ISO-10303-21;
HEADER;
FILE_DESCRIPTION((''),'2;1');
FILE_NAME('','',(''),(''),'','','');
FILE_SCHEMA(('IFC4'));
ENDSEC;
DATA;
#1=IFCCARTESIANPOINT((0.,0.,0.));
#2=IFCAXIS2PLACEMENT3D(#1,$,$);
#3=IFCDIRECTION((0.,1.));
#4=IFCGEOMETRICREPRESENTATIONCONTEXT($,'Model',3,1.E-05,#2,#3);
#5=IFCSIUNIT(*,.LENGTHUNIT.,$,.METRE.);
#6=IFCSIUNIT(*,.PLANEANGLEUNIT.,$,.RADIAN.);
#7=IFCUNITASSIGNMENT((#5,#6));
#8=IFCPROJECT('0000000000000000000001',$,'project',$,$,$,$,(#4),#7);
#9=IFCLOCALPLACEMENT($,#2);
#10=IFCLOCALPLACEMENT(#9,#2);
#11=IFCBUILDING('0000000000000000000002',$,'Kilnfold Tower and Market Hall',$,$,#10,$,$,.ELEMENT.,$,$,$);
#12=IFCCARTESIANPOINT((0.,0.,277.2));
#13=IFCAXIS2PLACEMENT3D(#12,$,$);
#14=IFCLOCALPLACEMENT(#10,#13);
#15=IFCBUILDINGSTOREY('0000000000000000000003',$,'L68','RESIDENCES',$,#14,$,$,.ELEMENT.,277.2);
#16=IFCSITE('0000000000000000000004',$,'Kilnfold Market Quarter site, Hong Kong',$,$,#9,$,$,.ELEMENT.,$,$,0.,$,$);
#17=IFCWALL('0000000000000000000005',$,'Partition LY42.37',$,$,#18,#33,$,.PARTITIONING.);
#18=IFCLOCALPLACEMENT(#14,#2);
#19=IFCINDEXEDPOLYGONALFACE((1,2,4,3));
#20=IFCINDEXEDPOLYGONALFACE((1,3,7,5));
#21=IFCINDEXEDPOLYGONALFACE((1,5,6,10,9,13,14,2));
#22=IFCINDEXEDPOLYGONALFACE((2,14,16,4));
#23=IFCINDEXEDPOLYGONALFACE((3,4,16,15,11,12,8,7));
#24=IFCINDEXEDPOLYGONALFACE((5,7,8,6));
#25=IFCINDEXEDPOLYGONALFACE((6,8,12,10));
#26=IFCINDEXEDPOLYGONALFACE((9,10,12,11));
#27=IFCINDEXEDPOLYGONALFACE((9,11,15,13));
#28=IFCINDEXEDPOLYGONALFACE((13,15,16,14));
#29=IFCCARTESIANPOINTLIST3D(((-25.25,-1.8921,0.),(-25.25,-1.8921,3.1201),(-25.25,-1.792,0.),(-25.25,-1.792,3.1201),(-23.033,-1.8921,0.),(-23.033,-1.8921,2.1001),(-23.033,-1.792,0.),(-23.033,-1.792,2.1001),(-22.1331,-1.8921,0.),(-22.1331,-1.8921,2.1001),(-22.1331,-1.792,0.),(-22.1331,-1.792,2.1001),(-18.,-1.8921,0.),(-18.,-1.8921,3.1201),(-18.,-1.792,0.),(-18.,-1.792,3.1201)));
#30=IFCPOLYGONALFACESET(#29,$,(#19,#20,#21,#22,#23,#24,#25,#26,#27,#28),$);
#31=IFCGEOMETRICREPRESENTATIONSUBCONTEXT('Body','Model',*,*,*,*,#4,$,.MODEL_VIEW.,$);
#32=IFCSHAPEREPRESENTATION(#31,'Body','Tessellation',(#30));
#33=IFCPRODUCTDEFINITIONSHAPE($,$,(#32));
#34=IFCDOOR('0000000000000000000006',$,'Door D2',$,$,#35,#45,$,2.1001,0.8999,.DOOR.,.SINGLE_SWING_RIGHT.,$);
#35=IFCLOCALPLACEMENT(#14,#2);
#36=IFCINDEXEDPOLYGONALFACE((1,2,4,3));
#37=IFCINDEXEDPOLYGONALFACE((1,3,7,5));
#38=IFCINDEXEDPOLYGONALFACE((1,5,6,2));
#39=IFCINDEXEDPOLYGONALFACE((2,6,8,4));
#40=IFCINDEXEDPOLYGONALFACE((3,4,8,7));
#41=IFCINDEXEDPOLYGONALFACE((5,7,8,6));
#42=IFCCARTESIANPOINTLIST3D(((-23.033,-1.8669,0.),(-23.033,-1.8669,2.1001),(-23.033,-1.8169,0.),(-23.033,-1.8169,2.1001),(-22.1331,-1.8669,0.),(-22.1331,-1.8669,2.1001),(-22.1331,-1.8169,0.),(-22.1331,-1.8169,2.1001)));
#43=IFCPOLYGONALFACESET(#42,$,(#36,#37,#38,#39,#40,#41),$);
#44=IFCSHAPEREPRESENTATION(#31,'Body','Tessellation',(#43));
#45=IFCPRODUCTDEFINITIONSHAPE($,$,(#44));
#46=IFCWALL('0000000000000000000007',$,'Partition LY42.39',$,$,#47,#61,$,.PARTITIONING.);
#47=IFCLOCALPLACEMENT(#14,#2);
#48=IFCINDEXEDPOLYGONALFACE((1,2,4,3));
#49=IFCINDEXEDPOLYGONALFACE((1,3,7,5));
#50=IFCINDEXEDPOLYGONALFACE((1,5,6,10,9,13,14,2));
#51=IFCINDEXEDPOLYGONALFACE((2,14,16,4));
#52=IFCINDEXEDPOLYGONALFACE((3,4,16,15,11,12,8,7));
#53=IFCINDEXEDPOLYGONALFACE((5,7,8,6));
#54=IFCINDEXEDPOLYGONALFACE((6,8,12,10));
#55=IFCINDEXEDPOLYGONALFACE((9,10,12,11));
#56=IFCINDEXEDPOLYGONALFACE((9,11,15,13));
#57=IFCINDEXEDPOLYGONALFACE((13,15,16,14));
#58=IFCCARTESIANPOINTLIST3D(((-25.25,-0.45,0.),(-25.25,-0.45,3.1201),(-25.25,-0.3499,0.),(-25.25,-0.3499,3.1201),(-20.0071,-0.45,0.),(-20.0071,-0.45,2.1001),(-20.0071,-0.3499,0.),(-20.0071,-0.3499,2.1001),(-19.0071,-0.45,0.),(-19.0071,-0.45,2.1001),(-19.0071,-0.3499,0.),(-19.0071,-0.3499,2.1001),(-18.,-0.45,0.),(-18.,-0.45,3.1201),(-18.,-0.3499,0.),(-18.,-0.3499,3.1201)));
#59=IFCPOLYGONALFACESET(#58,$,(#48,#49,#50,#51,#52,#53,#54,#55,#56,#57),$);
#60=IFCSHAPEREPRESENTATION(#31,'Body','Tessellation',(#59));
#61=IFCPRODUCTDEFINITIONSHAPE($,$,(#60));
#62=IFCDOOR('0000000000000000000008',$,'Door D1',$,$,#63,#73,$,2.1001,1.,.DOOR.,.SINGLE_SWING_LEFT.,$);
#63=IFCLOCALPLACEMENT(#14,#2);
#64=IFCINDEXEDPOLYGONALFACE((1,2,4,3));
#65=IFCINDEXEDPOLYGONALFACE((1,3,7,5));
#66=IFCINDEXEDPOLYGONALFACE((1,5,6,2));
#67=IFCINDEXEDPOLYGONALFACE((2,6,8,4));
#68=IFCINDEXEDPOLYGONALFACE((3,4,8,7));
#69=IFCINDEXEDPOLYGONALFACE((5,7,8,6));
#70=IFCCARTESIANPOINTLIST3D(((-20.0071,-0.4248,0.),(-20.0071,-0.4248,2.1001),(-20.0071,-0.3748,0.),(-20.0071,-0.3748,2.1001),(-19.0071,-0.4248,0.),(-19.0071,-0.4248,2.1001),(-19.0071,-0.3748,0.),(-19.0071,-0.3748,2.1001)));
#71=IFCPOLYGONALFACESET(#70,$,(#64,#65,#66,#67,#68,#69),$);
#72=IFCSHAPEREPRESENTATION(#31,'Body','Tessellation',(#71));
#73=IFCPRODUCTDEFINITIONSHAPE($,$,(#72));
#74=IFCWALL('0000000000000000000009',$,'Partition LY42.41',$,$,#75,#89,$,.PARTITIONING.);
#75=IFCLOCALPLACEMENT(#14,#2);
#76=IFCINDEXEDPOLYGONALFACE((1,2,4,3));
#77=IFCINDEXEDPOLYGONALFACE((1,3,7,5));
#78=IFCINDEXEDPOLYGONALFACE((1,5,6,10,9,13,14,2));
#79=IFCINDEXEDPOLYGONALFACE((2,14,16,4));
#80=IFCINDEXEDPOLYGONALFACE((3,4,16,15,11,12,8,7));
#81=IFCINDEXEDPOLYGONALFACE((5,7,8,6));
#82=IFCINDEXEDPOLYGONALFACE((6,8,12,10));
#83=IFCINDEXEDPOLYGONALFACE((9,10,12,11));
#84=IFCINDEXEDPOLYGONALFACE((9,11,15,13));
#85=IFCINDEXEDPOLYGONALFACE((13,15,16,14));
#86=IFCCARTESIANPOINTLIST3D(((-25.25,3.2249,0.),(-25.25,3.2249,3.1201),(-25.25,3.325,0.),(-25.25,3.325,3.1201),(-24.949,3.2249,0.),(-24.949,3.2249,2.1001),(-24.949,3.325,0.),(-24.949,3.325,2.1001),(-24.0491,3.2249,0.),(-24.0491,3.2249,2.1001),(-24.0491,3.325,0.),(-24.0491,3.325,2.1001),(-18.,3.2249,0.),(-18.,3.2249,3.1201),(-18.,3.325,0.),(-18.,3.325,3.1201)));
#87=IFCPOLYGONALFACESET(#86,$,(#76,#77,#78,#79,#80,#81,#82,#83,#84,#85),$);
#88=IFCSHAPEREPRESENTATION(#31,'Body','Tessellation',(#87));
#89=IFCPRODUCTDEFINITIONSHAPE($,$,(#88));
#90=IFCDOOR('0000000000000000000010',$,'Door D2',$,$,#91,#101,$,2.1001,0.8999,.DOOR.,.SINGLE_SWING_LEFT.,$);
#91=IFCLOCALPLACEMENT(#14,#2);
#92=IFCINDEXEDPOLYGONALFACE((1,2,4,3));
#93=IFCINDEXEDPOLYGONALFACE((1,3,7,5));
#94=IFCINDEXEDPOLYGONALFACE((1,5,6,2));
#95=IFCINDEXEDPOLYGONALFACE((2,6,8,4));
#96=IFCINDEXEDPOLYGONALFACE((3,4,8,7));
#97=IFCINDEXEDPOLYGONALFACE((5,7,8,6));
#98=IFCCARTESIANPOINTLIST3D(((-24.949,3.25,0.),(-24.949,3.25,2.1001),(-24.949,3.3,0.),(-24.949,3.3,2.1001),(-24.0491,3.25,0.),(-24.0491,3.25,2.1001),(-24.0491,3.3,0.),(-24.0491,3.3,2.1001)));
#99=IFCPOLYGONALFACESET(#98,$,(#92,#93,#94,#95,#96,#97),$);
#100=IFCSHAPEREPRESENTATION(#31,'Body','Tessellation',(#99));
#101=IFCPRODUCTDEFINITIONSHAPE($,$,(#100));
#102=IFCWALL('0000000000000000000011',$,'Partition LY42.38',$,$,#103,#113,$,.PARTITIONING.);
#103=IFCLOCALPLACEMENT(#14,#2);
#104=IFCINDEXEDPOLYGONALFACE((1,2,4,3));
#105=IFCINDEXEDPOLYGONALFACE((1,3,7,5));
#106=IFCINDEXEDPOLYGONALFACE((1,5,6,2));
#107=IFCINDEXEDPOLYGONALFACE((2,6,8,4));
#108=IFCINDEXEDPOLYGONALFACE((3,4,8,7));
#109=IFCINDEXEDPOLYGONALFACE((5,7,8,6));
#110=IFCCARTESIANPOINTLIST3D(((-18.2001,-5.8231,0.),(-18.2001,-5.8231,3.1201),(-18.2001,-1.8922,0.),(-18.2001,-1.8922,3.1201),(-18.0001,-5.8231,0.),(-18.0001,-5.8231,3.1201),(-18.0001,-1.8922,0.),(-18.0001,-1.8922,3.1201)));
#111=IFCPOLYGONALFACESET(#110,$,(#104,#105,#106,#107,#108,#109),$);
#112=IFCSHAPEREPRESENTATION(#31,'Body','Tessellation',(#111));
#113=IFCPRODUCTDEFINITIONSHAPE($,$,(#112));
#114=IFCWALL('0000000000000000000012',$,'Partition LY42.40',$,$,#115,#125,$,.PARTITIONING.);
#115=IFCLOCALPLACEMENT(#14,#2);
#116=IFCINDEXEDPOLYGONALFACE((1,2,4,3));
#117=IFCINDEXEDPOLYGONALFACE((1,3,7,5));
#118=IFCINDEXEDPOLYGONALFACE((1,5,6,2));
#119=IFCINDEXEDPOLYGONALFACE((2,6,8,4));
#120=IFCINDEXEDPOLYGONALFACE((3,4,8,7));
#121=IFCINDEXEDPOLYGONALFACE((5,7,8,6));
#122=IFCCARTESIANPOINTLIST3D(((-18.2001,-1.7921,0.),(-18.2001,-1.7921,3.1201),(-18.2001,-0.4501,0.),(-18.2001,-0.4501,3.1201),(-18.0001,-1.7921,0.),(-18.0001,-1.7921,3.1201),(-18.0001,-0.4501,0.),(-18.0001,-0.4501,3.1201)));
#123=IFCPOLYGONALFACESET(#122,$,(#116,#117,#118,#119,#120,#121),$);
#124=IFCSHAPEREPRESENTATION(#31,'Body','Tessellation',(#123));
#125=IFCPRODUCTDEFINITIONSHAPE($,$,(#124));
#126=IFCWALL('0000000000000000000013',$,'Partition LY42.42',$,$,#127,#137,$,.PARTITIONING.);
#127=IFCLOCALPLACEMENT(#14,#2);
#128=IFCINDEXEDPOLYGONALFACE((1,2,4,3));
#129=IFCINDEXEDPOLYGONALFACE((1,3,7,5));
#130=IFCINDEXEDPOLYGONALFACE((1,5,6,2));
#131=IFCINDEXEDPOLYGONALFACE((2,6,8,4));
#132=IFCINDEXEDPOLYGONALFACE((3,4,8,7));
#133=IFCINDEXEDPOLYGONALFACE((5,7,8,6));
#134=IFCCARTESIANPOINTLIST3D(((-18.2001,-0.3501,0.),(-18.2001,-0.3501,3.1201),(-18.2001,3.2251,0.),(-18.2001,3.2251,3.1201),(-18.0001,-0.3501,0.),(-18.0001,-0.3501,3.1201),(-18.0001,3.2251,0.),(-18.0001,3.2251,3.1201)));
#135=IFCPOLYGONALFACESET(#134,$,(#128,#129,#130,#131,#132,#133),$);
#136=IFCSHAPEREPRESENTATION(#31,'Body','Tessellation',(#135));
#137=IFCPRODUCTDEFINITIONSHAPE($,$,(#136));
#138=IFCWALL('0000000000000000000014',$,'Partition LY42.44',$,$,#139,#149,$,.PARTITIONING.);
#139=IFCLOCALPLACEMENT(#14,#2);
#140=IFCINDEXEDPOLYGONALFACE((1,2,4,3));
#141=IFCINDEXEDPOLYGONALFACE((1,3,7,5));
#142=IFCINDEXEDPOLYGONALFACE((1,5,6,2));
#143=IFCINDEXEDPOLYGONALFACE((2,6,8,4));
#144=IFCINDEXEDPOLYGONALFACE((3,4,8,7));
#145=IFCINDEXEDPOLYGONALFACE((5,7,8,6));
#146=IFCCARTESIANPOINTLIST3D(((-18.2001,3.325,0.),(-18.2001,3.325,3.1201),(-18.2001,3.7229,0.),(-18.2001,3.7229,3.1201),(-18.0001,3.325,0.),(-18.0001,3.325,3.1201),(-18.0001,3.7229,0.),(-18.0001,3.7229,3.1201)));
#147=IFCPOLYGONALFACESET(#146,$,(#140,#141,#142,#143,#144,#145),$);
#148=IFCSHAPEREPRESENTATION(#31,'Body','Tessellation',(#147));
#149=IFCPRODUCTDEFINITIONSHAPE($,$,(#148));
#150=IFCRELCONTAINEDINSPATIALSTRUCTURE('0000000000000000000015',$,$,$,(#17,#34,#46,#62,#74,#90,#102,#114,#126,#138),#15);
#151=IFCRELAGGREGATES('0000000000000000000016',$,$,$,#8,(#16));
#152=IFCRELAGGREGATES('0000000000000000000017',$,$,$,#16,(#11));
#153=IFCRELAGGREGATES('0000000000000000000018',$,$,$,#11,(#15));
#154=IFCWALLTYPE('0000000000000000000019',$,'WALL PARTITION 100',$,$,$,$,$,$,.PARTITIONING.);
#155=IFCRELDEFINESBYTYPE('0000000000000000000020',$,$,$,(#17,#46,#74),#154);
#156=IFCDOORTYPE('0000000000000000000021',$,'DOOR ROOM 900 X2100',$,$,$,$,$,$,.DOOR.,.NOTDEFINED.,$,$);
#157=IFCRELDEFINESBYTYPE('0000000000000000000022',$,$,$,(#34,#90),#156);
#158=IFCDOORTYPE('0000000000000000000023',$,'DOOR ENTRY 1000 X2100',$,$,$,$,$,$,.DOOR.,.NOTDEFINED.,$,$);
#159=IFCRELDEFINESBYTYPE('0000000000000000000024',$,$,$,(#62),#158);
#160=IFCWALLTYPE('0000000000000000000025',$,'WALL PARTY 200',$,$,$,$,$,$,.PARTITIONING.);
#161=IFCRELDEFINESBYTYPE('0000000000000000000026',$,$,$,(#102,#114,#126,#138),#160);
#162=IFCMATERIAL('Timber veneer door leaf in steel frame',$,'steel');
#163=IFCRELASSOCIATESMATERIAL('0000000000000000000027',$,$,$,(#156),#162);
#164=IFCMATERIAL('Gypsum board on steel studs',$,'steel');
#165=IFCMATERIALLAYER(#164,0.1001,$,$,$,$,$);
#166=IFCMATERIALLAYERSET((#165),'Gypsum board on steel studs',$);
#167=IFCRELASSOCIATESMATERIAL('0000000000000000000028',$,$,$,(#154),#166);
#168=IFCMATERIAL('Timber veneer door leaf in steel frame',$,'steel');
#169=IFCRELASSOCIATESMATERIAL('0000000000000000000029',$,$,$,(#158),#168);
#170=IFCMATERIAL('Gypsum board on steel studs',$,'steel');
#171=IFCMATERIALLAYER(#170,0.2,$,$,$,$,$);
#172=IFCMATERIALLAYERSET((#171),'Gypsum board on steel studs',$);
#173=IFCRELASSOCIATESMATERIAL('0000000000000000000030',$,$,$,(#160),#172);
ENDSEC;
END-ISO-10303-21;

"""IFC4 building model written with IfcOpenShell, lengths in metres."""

from ifc_helpers import new_model, si_unit, direction, frame, frame_2d, origin, place, context, subcontext, project, spatial, rectangle, extrude, material, layer, layer_set, type_object, element, fill, save


model = new_model("IFC4")

# Units and contexts
model_context = context("Model", 3, precision=1e-05, world=origin(), true_north=direction((0.0, 1.0)))
body_context = subcontext(model_context, "Body", "Model", "MODEL_VIEW")
ifc_project = project(units=[si_unit("LENGTHUNIT", "METRE"), si_unit("PLANEANGLEUNIT", "RADIAN")], contexts=[model_context])

# Site, building, storey
site_placement = place(None, origin())
site = spatial("IfcSite", under=ifc_project, at=site_placement, Name="Kilnfold Market Quarter site, Hong Kong", CompositionType="ELEMENT", RefElevation=0.0)
building_placement = place(site_placement, origin())
building = spatial("IfcBuilding", under=site, at=building_placement, Name="Kilnfold Tower and Market Hall", CompositionType="ELEMENT")
storey_placement = place(building_placement, frame((0.0, 0.0, 277.2)))
storey = spatial("IfcBuildingStorey", under=building, at=storey_placement, Name="L68", Description="RESIDENCES", CompositionType="ELEMENT", Elevation=277.2)

# Walls, openings, doors
ifc_material_1 = material(Name="Timber veneer door leaf in steel frame", Category="steel")
door_type_1 = type_object("IfcDoorType", Name="DOOR ROOM 900 X2100", OperationType="NOTDEFINED", PredefinedType="DOOR", material=ifc_material_1)
ifc_material_2 = material(Name="Gypsum board on steel studs", Category="steel")
ifc_layer_1 = layer(ifc_material_2, 0.1001)
ifc_layer_set_1 = layer_set([ifc_layer_1], Name="Gypsum board on steel studs")
wall_type_1 = type_object("IfcWallType", Name="WALL PARTITION 100", PredefinedType="PARTITIONING", material=ifc_layer_set_1)
wall_1_placement = place(storey_placement, frame((-18.0, -1.842, 0.0), z_axis=(0.0, 0.0, 1.0), x_axis=(-1.0, 0.0, 0.0)))
wall_1 = element("IfcWall", 1, at=wall_1_placement, inside=storey, type_object=wall_type_1, Name="Partition LY42.37", PredefinedType="PARTITIONING", context=body_context, shape_type="SweptSolid", body=[
    extrude(rectangle(XDim=7.25, YDim=0.1001, at=frame_2d((3.625, 0.0))), origin(), (0.0, 0.0, 1.0), 3.1201),
])
opening_1_placement = place(wall_1_placement, frame((4.1331, 0.0, 0.0)))
opening_1 = element("IfcOpeningElement", 2, at=opening_1_placement, cuts=wall_1, PredefinedType="OPENING", context=body_context, shape_type="SweptSolid", body=[
    extrude(rectangle(XDim=0.8999, YDim=2.1001, at=frame_2d((0.45, 1.05))), frame((0.0, 0.0601, 0.0), z_axis=(0.0, -1.0, 0.0), x_axis=(1.0, 0.0, 0.0)), (0.0, 0.0, 1.0), 0.1201),
])
door_1_placement = place(opening_1_placement, origin())
door_1 = element("IfcDoor", 3, at=door_1_placement, inside=storey, type_object=door_type_1, Name="Door D2", OperationType="SINGLE_SWING_RIGHT", OverallHeight=2.1001, OverallWidth=0.8999, PredefinedType="DOOR", context=body_context, shape_type="SweptSolid", body=[
    extrude(rectangle(XDim=0.8999, YDim=2.1001, at=frame_2d((0.45, 1.05))), frame((0.0, 0.0249, 0.0), z_axis=(0.0, -1.0, 0.0), x_axis=(1.0, 0.0, 0.0)), (0.0, 0.0, 1.0), 0.05),
])
fill(opening_1, door_1)
wall_2_placement = place(storey_placement, frame((-18.0, -0.3999, 0.0), z_axis=(0.0, 0.0, 1.0), x_axis=(-1.0, 0.0, 0.0)))
wall_2 = element("IfcWall", 4, at=wall_2_placement, inside=storey, type_object=wall_type_1, Name="Partition LY42.39", PredefinedType="PARTITIONING", context=body_context, shape_type="SweptSolid", body=[
    extrude(rectangle(XDim=7.25, YDim=0.1001, at=frame_2d((3.625, 0.0))), origin(), (0.0, 0.0, 1.0), 3.1201),
])
opening_2_placement = place(wall_2_placement, frame((1.0071, 0.0, 0.0)))
opening_2 = element("IfcOpeningElement", 5, at=opening_2_placement, cuts=wall_2, PredefinedType="OPENING", context=body_context, shape_type="SweptSolid", body=[
    extrude(rectangle(XDim=1.0, YDim=2.1001, at=frame_2d((0.5, 1.05))), frame((0.0, 0.0601, 0.0), z_axis=(0.0, -1.0, 0.0), x_axis=(1.0, 0.0, 0.0)), (0.0, 0.0, 1.0), 0.1201),
])
ifc_material_3 = material(Name="Timber veneer door leaf in steel frame", Category="steel")
door_type_2 = type_object("IfcDoorType", Name="DOOR ENTRY 1000 X2100", OperationType="NOTDEFINED", PredefinedType="DOOR", material=ifc_material_3)
door_2_placement = place(opening_2_placement, origin())
door_2 = element("IfcDoor", 6, at=door_2_placement, inside=storey, type_object=door_type_2, Name="Door D1", OperationType="SINGLE_SWING_LEFT", OverallHeight=2.1001, OverallWidth=1.0, PredefinedType="DOOR", context=body_context, shape_type="SweptSolid", body=[
    extrude(rectangle(XDim=1.0, YDim=2.1001, at=frame_2d((0.5, 1.05))), frame((0.0, 0.0249, 0.0), z_axis=(0.0, -1.0, 0.0), x_axis=(1.0, 0.0, 0.0)), (0.0, 0.0, 1.0), 0.05),
])
fill(opening_2, door_2)
wall_3_placement = place(storey_placement, frame((-18.0, 3.2749, 0.0), z_axis=(0.0, 0.0, 1.0), x_axis=(-1.0, 0.0, 0.0)))
wall_3 = element("IfcWall", 7, at=wall_3_placement, inside=storey, type_object=wall_type_1, Name="Partition LY42.41", PredefinedType="PARTITIONING", context=body_context, shape_type="SweptSolid", body=[
    extrude(rectangle(XDim=7.25, YDim=0.1001, at=frame_2d((3.625, 0.0))), origin(), (0.0, 0.0, 1.0), 3.1201),
])
opening_3_placement = place(wall_3_placement, frame((6.0491, 0.0, 0.0)))
opening_3 = element("IfcOpeningElement", 8, at=opening_3_placement, cuts=wall_3, PredefinedType="OPENING", context=body_context, shape_type="SweptSolid", body=[
    extrude(rectangle(XDim=0.8999, YDim=2.1001, at=frame_2d((0.45, 1.05))), frame((0.0, 0.0601, 0.0), z_axis=(0.0, -1.0, 0.0), x_axis=(1.0, 0.0, 0.0)), (0.0, 0.0, 1.0), 0.1201),
])
door_3_placement = place(opening_3_placement, origin())
door_3 = element("IfcDoor", 9, at=door_3_placement, inside=storey, type_object=door_type_1, Name="Door D2", OperationType="SINGLE_SWING_LEFT", OverallHeight=2.1001, OverallWidth=0.8999, PredefinedType="DOOR", context=body_context, shape_type="SweptSolid", body=[
    extrude(rectangle(XDim=0.8999, YDim=2.1001, at=frame_2d((0.45, 1.05))), frame((0.0, 0.0249, 0.0), z_axis=(0.0, -1.0, 0.0), x_axis=(1.0, 0.0, 0.0)), (0.0, 0.0, 1.0), 0.05),
])
fill(opening_3, door_3)

# Walls
ifc_material_4 = material(Name="Gypsum board on steel studs", Category="steel")
ifc_layer_2 = layer(ifc_material_4, 0.2)
ifc_layer_set_2 = layer_set([ifc_layer_2], Name="Gypsum board on steel studs")
wall_type_2 = type_object("IfcWallType", Name="WALL PARTY 200", PredefinedType="PARTITIONING", material=ifc_layer_set_2)
wall_4_placement = place(storey_placement, frame((-18.1001, -5.823, 0.0), z_axis=(0.0, 0.0, 1.0), x_axis=(0.0, 1.0, 0.0)))
element("IfcWall", 10, at=wall_4_placement, inside=storey, type_object=wall_type_2, Name="Partition LY42.38", PredefinedType="PARTITIONING", context=body_context, shape_type="SweptSolid", body=[
    extrude(rectangle(XDim=3.9309, YDim=0.2, at=frame_2d((1.9653, 0.0))), origin(), (0.0, 0.0, 1.0), 3.1201),
])
wall_5_placement = place(storey_placement, frame((-18.1001, -1.792, 0.0), z_axis=(0.0, 0.0, 1.0), x_axis=(0.0, 1.0, 0.0)))
element("IfcWall", 11, at=wall_5_placement, inside=storey, type_object=wall_type_2, Name="Partition LY42.40", PredefinedType="PARTITIONING", context=body_context, shape_type="SweptSolid", body=[
    extrude(rectangle(XDim=1.342, YDim=0.2, at=frame_2d((0.6709, 0.0))), origin(), (0.0, 0.0, 1.0), 3.1201),
])
wall_6_placement = place(storey_placement, frame((-18.1001, -0.3501, 0.0), z_axis=(0.0, 0.0, 1.0), x_axis=(0.0, 1.0, 0.0)))
element("IfcWall", 12, at=wall_6_placement, inside=storey, type_object=wall_type_2, Name="Partition LY42.42", PredefinedType="PARTITIONING", context=body_context, shape_type="SweptSolid", body=[
    extrude(rectangle(XDim=3.5752, YDim=0.2, at=frame_2d((1.7876, 0.0))), origin(), (0.0, 0.0, 1.0), 3.1201),
])
wall_7_placement = place(storey_placement, frame((-18.1001, 3.325, 0.0), z_axis=(0.0, 0.0, 1.0), x_axis=(0.0, 1.0, 0.0)))
element("IfcWall", 13, at=wall_7_placement, inside=storey, type_object=wall_type_2, Name="Partition LY42.44", PredefinedType="PARTITIONING", context=body_context, shape_type="SweptSolid", body=[
    extrude(rectangle(XDim=0.3979, YDim=0.2, at=frame_2d((0.199, 0.0))), origin(), (0.0, 0.0, 1.0), 3.1201),
])

save(model, "model.ifc")
